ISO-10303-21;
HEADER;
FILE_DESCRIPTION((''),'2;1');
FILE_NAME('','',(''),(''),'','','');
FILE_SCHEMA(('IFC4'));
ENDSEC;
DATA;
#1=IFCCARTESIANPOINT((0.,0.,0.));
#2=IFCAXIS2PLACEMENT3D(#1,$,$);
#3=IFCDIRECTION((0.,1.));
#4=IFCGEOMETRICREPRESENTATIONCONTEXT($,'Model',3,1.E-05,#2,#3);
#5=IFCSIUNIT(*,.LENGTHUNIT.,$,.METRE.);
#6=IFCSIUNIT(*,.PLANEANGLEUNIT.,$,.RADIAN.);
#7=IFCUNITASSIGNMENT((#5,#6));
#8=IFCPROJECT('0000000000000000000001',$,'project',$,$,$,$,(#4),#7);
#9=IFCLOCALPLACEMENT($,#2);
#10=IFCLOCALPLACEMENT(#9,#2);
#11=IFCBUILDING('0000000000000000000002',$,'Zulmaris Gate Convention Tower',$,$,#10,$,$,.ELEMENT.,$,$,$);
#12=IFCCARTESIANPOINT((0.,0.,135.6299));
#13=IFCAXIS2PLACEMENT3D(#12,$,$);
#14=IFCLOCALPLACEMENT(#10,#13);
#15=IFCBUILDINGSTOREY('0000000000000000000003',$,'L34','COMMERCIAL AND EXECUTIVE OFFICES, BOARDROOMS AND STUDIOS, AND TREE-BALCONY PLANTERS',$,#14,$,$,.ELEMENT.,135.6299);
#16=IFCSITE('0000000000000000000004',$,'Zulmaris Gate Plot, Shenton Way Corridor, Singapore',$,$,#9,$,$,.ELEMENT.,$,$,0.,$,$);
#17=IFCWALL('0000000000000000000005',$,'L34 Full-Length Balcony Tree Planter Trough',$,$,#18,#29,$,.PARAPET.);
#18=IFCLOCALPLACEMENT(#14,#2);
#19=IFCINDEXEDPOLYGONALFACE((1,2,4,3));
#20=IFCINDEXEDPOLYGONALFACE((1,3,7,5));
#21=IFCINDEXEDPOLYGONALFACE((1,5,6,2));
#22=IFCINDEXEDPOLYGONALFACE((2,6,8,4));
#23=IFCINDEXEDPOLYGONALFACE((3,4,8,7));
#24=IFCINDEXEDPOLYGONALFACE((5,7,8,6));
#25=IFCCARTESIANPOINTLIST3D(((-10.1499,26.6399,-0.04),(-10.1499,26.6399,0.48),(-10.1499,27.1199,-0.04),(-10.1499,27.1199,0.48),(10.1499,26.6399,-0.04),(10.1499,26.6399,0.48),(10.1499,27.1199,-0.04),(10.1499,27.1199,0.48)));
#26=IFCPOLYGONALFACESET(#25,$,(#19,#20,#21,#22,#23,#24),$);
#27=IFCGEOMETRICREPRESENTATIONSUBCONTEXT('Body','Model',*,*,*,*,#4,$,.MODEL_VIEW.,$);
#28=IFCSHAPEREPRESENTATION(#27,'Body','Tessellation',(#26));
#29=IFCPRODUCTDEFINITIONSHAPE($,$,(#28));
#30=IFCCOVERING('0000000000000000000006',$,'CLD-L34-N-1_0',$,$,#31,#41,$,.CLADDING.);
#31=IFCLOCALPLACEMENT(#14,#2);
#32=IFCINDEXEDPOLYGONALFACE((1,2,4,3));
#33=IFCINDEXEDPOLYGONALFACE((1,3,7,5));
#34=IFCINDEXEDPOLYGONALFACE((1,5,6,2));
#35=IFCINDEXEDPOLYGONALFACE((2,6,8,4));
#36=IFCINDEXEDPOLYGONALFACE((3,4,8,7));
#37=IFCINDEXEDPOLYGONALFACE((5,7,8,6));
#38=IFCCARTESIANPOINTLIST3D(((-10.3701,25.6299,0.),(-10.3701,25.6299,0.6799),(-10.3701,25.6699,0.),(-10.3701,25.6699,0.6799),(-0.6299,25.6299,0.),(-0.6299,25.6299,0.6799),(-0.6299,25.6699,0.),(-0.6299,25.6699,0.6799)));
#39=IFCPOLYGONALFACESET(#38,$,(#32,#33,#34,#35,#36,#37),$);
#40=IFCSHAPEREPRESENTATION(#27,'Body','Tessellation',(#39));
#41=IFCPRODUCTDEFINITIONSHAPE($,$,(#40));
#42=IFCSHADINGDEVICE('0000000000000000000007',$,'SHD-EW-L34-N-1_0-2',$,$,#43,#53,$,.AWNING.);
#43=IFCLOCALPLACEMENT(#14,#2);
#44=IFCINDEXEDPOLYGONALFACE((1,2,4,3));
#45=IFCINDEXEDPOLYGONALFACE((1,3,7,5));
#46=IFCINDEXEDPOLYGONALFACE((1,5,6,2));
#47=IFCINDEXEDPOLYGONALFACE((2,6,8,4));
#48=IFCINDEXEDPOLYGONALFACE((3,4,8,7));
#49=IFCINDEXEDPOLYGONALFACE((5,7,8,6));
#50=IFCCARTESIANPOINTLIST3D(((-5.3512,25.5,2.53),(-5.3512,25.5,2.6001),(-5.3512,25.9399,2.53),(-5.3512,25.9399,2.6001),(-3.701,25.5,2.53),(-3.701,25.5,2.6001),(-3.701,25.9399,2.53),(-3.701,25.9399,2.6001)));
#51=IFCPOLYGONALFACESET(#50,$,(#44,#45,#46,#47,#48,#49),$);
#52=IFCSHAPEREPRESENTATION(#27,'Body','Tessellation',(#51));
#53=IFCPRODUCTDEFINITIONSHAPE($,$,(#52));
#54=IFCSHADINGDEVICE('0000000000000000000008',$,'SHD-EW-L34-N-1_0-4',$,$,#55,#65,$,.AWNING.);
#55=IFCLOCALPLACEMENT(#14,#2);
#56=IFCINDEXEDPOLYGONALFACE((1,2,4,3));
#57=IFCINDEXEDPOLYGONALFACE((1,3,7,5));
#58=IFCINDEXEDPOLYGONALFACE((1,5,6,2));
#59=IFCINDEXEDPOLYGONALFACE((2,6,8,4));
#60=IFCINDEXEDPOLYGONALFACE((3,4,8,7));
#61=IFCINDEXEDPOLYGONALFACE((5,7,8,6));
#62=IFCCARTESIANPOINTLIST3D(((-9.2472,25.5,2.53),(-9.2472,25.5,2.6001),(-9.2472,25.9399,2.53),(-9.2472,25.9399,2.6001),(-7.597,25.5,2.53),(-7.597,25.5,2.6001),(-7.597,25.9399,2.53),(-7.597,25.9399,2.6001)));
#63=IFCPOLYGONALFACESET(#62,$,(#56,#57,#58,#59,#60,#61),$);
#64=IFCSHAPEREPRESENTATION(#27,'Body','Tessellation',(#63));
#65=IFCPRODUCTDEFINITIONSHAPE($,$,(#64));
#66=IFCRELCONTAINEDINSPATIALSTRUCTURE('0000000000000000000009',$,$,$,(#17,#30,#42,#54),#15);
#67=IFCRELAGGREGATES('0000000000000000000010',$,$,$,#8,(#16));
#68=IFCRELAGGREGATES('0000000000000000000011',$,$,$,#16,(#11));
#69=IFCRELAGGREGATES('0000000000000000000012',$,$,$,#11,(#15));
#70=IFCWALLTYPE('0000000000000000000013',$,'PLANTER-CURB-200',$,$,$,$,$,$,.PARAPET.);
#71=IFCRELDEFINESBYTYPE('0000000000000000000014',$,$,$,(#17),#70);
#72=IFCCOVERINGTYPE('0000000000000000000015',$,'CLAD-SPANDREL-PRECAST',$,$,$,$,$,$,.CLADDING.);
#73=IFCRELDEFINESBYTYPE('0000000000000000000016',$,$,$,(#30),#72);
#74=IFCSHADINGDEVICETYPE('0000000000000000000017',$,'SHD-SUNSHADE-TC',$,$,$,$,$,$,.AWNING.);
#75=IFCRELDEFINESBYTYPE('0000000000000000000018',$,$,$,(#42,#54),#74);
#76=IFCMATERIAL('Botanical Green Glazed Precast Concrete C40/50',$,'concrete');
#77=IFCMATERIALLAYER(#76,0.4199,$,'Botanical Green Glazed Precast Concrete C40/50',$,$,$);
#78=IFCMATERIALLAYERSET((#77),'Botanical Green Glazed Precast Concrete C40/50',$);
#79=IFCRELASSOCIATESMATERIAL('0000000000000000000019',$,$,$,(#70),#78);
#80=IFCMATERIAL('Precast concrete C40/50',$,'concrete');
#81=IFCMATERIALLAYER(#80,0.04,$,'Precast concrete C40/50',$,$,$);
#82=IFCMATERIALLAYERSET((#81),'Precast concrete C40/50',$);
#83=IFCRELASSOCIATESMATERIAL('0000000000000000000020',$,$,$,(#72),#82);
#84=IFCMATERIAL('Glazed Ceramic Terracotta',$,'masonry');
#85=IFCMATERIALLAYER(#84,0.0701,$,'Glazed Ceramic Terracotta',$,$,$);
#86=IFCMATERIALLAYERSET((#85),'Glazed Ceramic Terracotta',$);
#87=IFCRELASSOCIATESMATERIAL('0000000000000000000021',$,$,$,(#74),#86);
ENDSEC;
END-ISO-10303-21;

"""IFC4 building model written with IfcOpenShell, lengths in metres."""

from ifc_helpers import new_model, si_unit, direction, frame, frame_2d, origin, place, context, subcontext, project, spatial, rectangle, extrude, material, layer, layer_set, type_object, element, save


model = new_model("IFC4")

# Units and contexts
model_context = context("Model", 3, precision=1e-05, world=origin(), true_north=direction((0.0, 1.0)))
body_context = subcontext(model_context, "Body", "Model", "MODEL_VIEW")
ifc_project = project(units=[si_unit("LENGTHUNIT", "METRE"), si_unit("PLANEANGLEUNIT", "RADIAN")], contexts=[model_context])

# Site, building, storey
site_placement = place(None, origin())
site = spatial("IfcSite", under=ifc_project, at=site_placement, Name="Zulmaris Gate Plot, Shenton Way Corridor, Singapore", CompositionType="ELEMENT", RefElevation=0.0)
building_placement = place(site_placement, origin())
building = spatial("IfcBuilding", under=site, at=building_placement, Name="Zulmaris Gate Convention Tower", CompositionType="ELEMENT")
storey_placement = place(building_placement, frame((0.0, 0.0, 135.6299)))
storey = spatial("IfcBuildingStorey", under=building, at=storey_placement, Name="L34", Description="COMMERCIAL AND EXECUTIVE OFFICES, BOARDROOMS AND STUDIOS, AND TREE-BALCONY PLANTERS", CompositionType="ELEMENT", Elevation=135.6299)

# Wall
ifc_material_1 = material(Name="Botanical Green Glazed Precast Concrete C40/50", Category="concrete")
ifc_layer_1 = layer(ifc_material_1, 0.4199, Name="Botanical Green Glazed Precast Concrete C40/50")
ifc_layer_set_1 = layer_set([ifc_layer_1], Name="Botanical Green Glazed Precast Concrete C40/50")
wall_type_1 = type_object("IfcWallType", Name="PLANTER-CURB-200", PredefinedType="PARAPET", material=ifc_layer_set_1)
wall_1_placement = place(storey_placement, frame((-10.1499, 26.8799, -0.04), z_axis=(0.0, 0.0, 1.0), x_axis=(1.0, 0.0, 0.0)))
element("IfcWall", 1, at=wall_1_placement, inside=storey, type_object=wall_type_1, Name="L34 Full-Length Balcony Tree Planter Trough", PredefinedType="PARAPET", context=body_context, shape_type="SweptSolid", body=[
    extrude(rectangle(XDim=20.2998, YDim=0.48, at=frame_2d((10.1499, 0.0))), origin(), (0.0, 0.0, 1.0), 0.52),
])

# Shared definitions
ifc_material_2 = material(Name="Precast concrete C40/50", Category="concrete")

# Covering
ifc_layer_2 = layer(ifc_material_2, 0.04, Name="Precast concrete C40/50")
ifc_layer_set_2 = layer_set([ifc_layer_2], Name="Precast concrete C40/50")
covering_type = type_object("IfcCoveringType", Name="CLAD-SPANDREL-PRECAST", PredefinedType="CLADDING", material=ifc_layer_set_2)
covering_placement = place(storey_placement, frame((-0.6299, 25.6499, 0.0), z_axis=(0.0, 0.0, 1.0), x_axis=(-1.0, 0.0, 0.0)))
element("IfcCovering", 2, at=covering_placement, inside=storey, type_object=covering_type, Name="CLD-L34-N-1_0", PredefinedType="CLADDING", context=body_context, shape_type="SweptSolid", body=[
    extrude(rectangle(XDim=9.7402, YDim=0.04, at=frame_2d((4.8701, 0.0))), origin(), (0.0, 0.0, 1.0), 0.6799),
])

# Shading devices
ifc_material_3 = material(Name="Glazed Ceramic Terracotta", Category="masonry")
ifc_layer_3 = layer(ifc_material_3, 0.0701, Name="Glazed Ceramic Terracotta")
ifc_layer_set_3 = layer_set([ifc_layer_3], Name="Glazed Ceramic Terracotta")
shading_device_type = type_object("IfcShadingDeviceType", Name="SHD-SUNSHADE-TC", PredefinedType="AWNING", material=ifc_layer_set_3)
for number, where, z_axis, x_axis, name in (
    (3, (-3.7009, 25.72, 2.53), (0.0, 0.0, 1.0), (-1.0, 0.0, 0.0), "SHD-EW-L34-N-1_0-2"),
    (4, (-7.5969, 25.72, 2.53), (0.0, 0.0, 1.0), (-1.0, 0.0, 0.0), "SHD-EW-L34-N-1_0-4"),
):
    element("IfcShadingDevice", number, at=place(storey_placement, frame(where, z_axis=z_axis, x_axis=x_axis)), inside=storey, type_object=shading_device_type, Name=name, PredefinedType="AWNING", context=body_context, shape_type="SweptSolid", body=[
        extrude(rectangle(XDim=1.6501, YDim=0.4399, at=frame_2d((0.8252, 0.0))), origin(), (0.0, 0.0, 1.0), 0.0701),
    ])

save(model, "model.ifc")
